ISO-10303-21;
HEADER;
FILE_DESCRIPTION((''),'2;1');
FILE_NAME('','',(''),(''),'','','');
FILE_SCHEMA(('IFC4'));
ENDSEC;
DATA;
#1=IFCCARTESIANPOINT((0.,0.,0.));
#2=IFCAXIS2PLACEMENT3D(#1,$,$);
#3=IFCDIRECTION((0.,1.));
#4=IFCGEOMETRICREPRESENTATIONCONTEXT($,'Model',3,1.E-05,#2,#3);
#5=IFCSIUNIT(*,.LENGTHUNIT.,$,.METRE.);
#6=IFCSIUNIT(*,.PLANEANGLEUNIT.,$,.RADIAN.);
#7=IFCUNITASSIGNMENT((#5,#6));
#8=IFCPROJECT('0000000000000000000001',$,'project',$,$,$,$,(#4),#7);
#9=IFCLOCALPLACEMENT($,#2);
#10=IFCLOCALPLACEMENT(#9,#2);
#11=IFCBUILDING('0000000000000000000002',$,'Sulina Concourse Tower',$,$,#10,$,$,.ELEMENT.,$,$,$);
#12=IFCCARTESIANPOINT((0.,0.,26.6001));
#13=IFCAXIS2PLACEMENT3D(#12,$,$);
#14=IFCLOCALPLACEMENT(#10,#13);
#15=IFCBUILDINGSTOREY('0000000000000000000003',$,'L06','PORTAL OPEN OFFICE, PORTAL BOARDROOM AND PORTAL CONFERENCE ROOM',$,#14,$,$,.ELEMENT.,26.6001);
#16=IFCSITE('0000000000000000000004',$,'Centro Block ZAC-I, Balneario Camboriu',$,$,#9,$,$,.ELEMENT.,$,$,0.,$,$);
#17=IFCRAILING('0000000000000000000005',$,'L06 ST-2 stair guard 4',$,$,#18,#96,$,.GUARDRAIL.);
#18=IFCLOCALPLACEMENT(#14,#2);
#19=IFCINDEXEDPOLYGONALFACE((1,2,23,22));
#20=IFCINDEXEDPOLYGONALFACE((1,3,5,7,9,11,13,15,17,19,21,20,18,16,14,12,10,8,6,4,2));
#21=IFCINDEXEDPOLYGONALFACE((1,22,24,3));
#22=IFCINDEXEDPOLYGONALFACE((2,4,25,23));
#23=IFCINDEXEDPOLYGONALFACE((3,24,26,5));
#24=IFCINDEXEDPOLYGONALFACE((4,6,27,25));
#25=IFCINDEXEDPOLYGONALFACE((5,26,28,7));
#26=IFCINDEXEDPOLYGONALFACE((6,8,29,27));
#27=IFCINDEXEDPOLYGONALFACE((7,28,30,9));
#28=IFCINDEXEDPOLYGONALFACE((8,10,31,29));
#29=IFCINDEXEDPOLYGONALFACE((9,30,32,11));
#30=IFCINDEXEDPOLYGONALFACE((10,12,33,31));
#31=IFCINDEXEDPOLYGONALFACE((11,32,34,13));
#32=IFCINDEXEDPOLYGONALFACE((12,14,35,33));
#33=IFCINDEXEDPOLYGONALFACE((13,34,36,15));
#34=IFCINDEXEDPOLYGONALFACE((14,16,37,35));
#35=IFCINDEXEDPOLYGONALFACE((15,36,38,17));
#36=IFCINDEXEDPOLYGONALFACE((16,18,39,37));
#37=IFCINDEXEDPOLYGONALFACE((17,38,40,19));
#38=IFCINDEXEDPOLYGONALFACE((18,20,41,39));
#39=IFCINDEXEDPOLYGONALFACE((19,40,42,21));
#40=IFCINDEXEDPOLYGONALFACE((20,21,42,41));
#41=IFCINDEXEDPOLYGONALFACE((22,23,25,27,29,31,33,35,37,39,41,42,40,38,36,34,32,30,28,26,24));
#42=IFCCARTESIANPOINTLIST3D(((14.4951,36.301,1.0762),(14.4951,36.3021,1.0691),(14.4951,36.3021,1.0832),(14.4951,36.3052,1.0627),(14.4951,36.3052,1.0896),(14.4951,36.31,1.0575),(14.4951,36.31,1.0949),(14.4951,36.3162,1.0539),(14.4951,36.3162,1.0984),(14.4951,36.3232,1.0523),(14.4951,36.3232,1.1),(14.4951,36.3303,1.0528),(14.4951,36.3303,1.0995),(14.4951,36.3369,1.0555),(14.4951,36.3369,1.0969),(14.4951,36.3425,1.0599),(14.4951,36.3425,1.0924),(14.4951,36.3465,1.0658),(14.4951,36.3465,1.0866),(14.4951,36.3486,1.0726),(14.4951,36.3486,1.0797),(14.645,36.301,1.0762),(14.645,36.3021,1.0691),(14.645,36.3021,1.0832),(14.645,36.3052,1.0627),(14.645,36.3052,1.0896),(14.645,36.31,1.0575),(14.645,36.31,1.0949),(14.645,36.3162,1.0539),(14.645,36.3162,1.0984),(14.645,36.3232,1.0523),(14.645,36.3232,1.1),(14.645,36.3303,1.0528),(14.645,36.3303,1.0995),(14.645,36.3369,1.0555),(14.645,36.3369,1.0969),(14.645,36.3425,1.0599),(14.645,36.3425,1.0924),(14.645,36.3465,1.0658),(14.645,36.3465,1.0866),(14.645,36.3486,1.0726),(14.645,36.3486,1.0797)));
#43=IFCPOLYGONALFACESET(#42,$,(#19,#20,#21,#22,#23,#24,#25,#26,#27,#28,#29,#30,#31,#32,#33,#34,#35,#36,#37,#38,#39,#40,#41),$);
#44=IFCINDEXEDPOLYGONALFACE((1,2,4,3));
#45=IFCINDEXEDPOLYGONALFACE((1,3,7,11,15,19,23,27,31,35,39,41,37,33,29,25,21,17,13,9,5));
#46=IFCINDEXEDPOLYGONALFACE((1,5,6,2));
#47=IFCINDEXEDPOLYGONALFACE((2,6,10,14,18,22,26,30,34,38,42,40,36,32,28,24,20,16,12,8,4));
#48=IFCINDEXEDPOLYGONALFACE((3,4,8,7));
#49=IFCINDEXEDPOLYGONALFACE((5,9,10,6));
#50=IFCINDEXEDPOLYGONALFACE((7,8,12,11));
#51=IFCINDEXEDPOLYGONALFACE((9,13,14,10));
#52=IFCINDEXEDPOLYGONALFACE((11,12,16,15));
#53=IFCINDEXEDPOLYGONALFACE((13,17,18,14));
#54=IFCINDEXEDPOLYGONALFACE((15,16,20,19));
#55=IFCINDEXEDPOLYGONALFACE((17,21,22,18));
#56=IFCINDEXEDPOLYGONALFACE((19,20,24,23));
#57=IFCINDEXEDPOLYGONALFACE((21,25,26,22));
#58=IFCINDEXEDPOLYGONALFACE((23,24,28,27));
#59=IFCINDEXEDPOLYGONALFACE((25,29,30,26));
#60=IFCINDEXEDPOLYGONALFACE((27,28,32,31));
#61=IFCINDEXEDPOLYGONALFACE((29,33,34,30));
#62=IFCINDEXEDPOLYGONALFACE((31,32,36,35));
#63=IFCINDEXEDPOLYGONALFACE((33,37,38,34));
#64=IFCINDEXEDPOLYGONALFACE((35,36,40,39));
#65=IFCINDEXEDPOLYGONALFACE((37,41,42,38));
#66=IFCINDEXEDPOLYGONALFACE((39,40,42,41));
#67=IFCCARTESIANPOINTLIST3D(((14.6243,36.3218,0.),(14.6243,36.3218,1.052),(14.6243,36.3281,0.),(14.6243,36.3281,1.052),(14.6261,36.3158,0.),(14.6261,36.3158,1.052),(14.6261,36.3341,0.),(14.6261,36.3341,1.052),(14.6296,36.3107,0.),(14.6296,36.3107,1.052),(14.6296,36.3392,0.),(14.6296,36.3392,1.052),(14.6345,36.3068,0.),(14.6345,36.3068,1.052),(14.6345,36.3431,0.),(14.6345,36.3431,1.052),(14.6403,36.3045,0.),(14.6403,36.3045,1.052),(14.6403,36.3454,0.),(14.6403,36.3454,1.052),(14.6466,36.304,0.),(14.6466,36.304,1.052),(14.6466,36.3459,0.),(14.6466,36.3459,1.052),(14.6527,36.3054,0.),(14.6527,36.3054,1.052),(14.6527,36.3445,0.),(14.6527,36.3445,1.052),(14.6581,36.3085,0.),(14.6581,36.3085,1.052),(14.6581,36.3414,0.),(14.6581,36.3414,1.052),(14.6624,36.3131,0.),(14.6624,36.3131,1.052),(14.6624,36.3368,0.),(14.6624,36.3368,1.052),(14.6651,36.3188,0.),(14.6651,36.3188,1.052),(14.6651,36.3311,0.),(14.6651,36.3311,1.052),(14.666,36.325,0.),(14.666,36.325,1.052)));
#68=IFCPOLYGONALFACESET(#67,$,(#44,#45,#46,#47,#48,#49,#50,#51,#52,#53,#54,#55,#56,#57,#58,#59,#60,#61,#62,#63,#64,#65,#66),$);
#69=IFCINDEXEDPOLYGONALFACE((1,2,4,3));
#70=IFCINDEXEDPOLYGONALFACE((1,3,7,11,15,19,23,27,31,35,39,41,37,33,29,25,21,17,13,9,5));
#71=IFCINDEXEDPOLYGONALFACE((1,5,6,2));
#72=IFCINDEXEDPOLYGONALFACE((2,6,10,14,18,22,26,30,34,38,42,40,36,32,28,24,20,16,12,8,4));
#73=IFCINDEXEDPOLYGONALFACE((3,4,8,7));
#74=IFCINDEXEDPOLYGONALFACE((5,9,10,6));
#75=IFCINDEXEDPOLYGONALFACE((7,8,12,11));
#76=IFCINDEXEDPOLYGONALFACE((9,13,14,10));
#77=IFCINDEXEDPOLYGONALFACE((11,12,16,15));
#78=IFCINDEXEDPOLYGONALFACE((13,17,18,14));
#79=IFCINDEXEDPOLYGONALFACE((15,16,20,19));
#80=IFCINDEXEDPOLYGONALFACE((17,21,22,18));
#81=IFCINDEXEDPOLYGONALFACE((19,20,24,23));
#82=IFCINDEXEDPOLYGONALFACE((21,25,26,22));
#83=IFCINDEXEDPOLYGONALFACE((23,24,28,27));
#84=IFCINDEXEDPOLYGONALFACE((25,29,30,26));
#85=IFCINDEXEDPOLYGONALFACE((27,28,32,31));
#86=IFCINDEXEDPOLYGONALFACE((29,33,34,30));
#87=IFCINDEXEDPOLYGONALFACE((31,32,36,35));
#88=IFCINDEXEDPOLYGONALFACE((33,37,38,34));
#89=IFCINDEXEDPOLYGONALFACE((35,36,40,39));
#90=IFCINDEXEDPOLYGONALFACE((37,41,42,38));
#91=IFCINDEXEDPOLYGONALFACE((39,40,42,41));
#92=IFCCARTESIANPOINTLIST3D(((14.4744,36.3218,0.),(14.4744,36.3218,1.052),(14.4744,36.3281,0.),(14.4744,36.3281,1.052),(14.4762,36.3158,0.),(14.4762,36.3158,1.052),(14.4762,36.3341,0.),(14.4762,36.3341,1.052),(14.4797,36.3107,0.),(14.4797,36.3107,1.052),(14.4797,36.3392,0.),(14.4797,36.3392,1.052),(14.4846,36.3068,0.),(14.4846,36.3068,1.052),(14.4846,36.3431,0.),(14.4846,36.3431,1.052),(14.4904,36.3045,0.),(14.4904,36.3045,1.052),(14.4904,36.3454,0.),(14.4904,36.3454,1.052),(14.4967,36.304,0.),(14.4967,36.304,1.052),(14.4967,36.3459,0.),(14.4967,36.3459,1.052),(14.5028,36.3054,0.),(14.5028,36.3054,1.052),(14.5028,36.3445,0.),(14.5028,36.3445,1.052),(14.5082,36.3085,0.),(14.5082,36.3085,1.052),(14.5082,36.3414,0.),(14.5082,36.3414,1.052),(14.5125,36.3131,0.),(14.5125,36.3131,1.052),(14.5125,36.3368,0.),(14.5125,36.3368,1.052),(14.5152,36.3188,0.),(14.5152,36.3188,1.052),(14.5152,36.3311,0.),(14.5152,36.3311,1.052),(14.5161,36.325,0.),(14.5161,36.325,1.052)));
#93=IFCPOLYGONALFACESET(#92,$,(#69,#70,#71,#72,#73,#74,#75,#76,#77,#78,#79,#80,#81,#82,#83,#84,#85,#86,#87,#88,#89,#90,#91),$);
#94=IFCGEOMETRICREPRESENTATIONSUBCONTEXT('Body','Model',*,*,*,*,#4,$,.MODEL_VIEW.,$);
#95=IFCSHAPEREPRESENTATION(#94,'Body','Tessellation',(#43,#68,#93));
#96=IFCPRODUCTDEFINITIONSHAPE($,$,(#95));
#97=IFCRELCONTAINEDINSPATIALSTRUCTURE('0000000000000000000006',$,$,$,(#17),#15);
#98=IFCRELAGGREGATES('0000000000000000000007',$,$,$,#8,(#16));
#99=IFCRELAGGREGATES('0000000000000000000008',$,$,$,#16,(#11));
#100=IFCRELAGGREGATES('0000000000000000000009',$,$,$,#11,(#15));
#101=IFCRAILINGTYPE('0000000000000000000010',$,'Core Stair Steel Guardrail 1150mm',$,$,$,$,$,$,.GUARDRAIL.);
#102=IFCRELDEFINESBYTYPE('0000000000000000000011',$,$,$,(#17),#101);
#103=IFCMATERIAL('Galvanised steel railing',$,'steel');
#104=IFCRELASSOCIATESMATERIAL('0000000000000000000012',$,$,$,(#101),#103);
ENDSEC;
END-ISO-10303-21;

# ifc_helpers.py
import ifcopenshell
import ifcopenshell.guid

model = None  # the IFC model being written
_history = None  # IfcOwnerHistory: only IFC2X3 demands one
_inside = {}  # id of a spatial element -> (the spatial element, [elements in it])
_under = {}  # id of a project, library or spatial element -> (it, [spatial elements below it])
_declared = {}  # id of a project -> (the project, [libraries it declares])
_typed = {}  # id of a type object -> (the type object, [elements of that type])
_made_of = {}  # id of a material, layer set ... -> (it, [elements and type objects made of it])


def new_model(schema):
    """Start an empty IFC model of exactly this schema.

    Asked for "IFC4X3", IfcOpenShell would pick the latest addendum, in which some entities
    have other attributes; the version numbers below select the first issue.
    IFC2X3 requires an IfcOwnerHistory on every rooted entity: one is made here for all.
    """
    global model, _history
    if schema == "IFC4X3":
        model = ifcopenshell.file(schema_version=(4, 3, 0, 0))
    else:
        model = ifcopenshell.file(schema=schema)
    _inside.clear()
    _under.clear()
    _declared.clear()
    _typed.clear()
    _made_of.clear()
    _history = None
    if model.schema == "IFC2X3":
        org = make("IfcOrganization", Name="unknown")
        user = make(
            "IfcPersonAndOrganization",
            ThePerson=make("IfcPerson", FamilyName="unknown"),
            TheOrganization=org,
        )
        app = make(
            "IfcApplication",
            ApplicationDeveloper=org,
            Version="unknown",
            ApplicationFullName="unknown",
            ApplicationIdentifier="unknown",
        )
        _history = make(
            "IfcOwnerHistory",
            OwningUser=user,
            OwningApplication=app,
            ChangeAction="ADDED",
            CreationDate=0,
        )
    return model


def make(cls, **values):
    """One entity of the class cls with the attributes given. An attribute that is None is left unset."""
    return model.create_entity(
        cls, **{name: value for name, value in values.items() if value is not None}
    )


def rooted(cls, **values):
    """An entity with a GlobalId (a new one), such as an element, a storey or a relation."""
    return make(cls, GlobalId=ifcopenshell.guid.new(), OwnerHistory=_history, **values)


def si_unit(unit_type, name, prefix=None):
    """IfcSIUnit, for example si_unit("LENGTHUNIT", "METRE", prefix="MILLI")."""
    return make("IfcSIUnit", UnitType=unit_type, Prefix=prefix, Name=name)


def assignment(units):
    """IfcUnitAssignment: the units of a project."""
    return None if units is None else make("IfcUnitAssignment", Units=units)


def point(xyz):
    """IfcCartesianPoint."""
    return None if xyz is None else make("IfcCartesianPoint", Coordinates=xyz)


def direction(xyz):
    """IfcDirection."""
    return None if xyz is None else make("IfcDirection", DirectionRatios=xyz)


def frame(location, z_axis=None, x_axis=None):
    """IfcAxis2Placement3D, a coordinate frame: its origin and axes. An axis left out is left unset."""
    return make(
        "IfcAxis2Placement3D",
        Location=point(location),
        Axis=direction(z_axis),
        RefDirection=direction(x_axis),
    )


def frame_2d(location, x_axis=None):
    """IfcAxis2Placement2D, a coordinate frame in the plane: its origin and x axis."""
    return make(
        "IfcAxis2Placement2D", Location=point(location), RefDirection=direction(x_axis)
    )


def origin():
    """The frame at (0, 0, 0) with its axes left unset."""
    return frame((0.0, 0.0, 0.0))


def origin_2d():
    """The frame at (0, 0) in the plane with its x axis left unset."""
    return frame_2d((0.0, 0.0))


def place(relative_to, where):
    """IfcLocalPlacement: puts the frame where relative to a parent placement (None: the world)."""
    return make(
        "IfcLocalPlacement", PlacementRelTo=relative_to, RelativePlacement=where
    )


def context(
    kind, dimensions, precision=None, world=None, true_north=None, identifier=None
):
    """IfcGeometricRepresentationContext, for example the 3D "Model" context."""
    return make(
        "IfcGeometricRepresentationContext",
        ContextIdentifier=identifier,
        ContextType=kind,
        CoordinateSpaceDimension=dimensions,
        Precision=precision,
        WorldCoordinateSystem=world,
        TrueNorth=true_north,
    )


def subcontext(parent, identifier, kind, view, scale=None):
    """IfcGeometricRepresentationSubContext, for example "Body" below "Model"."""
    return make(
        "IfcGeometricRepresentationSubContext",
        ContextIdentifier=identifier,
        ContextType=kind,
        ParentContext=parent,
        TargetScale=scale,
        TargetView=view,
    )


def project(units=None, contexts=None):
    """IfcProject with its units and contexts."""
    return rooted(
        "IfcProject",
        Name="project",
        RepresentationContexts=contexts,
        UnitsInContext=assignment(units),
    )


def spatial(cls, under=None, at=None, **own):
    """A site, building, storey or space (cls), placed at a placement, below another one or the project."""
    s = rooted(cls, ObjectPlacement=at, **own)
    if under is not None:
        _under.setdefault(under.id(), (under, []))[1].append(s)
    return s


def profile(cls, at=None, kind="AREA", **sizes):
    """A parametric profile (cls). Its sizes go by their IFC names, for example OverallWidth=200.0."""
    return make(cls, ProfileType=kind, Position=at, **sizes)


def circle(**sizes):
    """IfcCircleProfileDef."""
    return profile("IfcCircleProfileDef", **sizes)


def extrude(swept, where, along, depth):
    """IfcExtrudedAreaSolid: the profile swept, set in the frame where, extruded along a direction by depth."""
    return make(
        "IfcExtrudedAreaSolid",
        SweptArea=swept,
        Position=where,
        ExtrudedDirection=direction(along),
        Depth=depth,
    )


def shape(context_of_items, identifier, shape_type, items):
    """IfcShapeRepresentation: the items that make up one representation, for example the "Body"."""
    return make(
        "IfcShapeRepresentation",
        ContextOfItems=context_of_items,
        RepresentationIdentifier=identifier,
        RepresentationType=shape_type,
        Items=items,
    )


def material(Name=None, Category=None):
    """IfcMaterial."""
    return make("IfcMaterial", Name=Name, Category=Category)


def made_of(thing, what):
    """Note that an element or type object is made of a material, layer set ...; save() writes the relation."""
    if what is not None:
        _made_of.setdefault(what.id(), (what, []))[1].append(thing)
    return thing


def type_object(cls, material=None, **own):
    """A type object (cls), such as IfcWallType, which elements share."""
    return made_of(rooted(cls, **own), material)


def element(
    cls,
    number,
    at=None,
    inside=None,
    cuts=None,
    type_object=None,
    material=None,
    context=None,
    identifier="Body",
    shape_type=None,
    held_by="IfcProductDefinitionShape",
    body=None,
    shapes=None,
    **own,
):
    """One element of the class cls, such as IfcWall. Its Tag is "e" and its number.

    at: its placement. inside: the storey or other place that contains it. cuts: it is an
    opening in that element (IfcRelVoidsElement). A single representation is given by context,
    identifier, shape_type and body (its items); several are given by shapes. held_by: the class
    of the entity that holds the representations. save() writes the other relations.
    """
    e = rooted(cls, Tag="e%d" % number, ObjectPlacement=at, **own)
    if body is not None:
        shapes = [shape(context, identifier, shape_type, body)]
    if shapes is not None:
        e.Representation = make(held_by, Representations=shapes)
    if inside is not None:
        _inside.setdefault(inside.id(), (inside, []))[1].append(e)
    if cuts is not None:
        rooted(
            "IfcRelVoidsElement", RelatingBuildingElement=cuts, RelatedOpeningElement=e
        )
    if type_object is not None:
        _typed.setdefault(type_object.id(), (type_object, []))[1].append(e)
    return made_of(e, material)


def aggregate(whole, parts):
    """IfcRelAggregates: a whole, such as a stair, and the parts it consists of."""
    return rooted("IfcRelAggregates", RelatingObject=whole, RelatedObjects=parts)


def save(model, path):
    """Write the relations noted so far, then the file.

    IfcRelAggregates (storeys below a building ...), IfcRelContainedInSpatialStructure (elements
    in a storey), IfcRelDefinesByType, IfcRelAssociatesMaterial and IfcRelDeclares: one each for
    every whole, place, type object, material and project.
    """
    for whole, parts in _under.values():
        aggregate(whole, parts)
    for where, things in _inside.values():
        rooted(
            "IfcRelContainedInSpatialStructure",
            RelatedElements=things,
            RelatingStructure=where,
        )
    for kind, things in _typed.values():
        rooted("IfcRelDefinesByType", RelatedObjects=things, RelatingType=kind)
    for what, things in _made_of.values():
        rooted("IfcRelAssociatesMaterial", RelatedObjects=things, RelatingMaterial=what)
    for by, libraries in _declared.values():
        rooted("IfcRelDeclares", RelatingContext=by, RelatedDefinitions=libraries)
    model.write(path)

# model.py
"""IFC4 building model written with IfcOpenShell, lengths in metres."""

from ifc_helpers import new_model, si_unit, direction, frame, origin, origin_2d, place, context, subcontext, project, spatial, circle, extrude, material, type_object, element, save


model = new_model("IFC4")

# Units and contexts
model_context = context("Model", 3, precision=1e-05, world=origin(), true_north=direction((0.0, 1.0)))
body_context = subcontext(model_context, "Body", "Model", "MODEL_VIEW")
ifc_project = project(units=[si_unit("LENGTHUNIT", "METRE"), si_unit("PLANEANGLEUNIT", "RADIAN")], contexts=[model_context])

# Site, building, storey
site_placement = place(None, origin())
site = spatial("IfcSite", under=ifc_project, at=site_placement, Name="Centro Block ZAC-I, Balneario Camboriu", CompositionType="ELEMENT", RefElevation=0.0)
building_placement = place(site_placement, origin())
building = spatial("IfcBuilding", under=site, at=building_placement, Name="Sulina Concourse Tower", CompositionType="ELEMENT")
storey_placement = place(building_placement, frame((0.0, 0.0, 26.6001)))
storey = spatial("IfcBuildingStorey", under=building, at=storey_placement, Name="L06", Description="PORTAL OPEN OFFICE, PORTAL BOARDROOM AND PORTAL CONFERENCE ROOM", CompositionType="ELEMENT", Elevation=26.6001)

# Railing
ifc_material_1 = material(Name="Galvanised steel railing", Category="steel")
railing_type = type_object("IfcRailingType", Name="Core Stair Steel Guardrail 1150mm", PredefinedType="GUARDRAIL", material=ifc_material_1)
for number, where, name in (
    (1, (14.645, 36.325, 0.0), "L06 ST-2 stair guard 4"),
):
    element("IfcRailing", number, at=place(storey_placement, frame(where)), inside=storey, type_object=railing_type, Name=name, PredefinedType="GUARDRAIL", context=body_context, shape_type="SweptSolid", body=[
        extrude(circle(Radius=0.0239, at=origin_2d()), frame((0.0, 0.0, 1.0762), z_axis=(-1.0, 0.0, 0.0), x_axis=(0.0, -1.0, 0.0)), (0.0, 0.0, 1.0), 0.1499),
        extrude(circle(Radius=0.021, at=origin_2d()), origin(), (0.0, 0.0, 1.0), 1.052),
        extrude(circle(Radius=0.021, at=origin_2d()), frame((-0.1499, 0.0, 0.0)), (0.0, 0.0, 1.0), 1.052),
    ])

save(model, "model.ifc")
